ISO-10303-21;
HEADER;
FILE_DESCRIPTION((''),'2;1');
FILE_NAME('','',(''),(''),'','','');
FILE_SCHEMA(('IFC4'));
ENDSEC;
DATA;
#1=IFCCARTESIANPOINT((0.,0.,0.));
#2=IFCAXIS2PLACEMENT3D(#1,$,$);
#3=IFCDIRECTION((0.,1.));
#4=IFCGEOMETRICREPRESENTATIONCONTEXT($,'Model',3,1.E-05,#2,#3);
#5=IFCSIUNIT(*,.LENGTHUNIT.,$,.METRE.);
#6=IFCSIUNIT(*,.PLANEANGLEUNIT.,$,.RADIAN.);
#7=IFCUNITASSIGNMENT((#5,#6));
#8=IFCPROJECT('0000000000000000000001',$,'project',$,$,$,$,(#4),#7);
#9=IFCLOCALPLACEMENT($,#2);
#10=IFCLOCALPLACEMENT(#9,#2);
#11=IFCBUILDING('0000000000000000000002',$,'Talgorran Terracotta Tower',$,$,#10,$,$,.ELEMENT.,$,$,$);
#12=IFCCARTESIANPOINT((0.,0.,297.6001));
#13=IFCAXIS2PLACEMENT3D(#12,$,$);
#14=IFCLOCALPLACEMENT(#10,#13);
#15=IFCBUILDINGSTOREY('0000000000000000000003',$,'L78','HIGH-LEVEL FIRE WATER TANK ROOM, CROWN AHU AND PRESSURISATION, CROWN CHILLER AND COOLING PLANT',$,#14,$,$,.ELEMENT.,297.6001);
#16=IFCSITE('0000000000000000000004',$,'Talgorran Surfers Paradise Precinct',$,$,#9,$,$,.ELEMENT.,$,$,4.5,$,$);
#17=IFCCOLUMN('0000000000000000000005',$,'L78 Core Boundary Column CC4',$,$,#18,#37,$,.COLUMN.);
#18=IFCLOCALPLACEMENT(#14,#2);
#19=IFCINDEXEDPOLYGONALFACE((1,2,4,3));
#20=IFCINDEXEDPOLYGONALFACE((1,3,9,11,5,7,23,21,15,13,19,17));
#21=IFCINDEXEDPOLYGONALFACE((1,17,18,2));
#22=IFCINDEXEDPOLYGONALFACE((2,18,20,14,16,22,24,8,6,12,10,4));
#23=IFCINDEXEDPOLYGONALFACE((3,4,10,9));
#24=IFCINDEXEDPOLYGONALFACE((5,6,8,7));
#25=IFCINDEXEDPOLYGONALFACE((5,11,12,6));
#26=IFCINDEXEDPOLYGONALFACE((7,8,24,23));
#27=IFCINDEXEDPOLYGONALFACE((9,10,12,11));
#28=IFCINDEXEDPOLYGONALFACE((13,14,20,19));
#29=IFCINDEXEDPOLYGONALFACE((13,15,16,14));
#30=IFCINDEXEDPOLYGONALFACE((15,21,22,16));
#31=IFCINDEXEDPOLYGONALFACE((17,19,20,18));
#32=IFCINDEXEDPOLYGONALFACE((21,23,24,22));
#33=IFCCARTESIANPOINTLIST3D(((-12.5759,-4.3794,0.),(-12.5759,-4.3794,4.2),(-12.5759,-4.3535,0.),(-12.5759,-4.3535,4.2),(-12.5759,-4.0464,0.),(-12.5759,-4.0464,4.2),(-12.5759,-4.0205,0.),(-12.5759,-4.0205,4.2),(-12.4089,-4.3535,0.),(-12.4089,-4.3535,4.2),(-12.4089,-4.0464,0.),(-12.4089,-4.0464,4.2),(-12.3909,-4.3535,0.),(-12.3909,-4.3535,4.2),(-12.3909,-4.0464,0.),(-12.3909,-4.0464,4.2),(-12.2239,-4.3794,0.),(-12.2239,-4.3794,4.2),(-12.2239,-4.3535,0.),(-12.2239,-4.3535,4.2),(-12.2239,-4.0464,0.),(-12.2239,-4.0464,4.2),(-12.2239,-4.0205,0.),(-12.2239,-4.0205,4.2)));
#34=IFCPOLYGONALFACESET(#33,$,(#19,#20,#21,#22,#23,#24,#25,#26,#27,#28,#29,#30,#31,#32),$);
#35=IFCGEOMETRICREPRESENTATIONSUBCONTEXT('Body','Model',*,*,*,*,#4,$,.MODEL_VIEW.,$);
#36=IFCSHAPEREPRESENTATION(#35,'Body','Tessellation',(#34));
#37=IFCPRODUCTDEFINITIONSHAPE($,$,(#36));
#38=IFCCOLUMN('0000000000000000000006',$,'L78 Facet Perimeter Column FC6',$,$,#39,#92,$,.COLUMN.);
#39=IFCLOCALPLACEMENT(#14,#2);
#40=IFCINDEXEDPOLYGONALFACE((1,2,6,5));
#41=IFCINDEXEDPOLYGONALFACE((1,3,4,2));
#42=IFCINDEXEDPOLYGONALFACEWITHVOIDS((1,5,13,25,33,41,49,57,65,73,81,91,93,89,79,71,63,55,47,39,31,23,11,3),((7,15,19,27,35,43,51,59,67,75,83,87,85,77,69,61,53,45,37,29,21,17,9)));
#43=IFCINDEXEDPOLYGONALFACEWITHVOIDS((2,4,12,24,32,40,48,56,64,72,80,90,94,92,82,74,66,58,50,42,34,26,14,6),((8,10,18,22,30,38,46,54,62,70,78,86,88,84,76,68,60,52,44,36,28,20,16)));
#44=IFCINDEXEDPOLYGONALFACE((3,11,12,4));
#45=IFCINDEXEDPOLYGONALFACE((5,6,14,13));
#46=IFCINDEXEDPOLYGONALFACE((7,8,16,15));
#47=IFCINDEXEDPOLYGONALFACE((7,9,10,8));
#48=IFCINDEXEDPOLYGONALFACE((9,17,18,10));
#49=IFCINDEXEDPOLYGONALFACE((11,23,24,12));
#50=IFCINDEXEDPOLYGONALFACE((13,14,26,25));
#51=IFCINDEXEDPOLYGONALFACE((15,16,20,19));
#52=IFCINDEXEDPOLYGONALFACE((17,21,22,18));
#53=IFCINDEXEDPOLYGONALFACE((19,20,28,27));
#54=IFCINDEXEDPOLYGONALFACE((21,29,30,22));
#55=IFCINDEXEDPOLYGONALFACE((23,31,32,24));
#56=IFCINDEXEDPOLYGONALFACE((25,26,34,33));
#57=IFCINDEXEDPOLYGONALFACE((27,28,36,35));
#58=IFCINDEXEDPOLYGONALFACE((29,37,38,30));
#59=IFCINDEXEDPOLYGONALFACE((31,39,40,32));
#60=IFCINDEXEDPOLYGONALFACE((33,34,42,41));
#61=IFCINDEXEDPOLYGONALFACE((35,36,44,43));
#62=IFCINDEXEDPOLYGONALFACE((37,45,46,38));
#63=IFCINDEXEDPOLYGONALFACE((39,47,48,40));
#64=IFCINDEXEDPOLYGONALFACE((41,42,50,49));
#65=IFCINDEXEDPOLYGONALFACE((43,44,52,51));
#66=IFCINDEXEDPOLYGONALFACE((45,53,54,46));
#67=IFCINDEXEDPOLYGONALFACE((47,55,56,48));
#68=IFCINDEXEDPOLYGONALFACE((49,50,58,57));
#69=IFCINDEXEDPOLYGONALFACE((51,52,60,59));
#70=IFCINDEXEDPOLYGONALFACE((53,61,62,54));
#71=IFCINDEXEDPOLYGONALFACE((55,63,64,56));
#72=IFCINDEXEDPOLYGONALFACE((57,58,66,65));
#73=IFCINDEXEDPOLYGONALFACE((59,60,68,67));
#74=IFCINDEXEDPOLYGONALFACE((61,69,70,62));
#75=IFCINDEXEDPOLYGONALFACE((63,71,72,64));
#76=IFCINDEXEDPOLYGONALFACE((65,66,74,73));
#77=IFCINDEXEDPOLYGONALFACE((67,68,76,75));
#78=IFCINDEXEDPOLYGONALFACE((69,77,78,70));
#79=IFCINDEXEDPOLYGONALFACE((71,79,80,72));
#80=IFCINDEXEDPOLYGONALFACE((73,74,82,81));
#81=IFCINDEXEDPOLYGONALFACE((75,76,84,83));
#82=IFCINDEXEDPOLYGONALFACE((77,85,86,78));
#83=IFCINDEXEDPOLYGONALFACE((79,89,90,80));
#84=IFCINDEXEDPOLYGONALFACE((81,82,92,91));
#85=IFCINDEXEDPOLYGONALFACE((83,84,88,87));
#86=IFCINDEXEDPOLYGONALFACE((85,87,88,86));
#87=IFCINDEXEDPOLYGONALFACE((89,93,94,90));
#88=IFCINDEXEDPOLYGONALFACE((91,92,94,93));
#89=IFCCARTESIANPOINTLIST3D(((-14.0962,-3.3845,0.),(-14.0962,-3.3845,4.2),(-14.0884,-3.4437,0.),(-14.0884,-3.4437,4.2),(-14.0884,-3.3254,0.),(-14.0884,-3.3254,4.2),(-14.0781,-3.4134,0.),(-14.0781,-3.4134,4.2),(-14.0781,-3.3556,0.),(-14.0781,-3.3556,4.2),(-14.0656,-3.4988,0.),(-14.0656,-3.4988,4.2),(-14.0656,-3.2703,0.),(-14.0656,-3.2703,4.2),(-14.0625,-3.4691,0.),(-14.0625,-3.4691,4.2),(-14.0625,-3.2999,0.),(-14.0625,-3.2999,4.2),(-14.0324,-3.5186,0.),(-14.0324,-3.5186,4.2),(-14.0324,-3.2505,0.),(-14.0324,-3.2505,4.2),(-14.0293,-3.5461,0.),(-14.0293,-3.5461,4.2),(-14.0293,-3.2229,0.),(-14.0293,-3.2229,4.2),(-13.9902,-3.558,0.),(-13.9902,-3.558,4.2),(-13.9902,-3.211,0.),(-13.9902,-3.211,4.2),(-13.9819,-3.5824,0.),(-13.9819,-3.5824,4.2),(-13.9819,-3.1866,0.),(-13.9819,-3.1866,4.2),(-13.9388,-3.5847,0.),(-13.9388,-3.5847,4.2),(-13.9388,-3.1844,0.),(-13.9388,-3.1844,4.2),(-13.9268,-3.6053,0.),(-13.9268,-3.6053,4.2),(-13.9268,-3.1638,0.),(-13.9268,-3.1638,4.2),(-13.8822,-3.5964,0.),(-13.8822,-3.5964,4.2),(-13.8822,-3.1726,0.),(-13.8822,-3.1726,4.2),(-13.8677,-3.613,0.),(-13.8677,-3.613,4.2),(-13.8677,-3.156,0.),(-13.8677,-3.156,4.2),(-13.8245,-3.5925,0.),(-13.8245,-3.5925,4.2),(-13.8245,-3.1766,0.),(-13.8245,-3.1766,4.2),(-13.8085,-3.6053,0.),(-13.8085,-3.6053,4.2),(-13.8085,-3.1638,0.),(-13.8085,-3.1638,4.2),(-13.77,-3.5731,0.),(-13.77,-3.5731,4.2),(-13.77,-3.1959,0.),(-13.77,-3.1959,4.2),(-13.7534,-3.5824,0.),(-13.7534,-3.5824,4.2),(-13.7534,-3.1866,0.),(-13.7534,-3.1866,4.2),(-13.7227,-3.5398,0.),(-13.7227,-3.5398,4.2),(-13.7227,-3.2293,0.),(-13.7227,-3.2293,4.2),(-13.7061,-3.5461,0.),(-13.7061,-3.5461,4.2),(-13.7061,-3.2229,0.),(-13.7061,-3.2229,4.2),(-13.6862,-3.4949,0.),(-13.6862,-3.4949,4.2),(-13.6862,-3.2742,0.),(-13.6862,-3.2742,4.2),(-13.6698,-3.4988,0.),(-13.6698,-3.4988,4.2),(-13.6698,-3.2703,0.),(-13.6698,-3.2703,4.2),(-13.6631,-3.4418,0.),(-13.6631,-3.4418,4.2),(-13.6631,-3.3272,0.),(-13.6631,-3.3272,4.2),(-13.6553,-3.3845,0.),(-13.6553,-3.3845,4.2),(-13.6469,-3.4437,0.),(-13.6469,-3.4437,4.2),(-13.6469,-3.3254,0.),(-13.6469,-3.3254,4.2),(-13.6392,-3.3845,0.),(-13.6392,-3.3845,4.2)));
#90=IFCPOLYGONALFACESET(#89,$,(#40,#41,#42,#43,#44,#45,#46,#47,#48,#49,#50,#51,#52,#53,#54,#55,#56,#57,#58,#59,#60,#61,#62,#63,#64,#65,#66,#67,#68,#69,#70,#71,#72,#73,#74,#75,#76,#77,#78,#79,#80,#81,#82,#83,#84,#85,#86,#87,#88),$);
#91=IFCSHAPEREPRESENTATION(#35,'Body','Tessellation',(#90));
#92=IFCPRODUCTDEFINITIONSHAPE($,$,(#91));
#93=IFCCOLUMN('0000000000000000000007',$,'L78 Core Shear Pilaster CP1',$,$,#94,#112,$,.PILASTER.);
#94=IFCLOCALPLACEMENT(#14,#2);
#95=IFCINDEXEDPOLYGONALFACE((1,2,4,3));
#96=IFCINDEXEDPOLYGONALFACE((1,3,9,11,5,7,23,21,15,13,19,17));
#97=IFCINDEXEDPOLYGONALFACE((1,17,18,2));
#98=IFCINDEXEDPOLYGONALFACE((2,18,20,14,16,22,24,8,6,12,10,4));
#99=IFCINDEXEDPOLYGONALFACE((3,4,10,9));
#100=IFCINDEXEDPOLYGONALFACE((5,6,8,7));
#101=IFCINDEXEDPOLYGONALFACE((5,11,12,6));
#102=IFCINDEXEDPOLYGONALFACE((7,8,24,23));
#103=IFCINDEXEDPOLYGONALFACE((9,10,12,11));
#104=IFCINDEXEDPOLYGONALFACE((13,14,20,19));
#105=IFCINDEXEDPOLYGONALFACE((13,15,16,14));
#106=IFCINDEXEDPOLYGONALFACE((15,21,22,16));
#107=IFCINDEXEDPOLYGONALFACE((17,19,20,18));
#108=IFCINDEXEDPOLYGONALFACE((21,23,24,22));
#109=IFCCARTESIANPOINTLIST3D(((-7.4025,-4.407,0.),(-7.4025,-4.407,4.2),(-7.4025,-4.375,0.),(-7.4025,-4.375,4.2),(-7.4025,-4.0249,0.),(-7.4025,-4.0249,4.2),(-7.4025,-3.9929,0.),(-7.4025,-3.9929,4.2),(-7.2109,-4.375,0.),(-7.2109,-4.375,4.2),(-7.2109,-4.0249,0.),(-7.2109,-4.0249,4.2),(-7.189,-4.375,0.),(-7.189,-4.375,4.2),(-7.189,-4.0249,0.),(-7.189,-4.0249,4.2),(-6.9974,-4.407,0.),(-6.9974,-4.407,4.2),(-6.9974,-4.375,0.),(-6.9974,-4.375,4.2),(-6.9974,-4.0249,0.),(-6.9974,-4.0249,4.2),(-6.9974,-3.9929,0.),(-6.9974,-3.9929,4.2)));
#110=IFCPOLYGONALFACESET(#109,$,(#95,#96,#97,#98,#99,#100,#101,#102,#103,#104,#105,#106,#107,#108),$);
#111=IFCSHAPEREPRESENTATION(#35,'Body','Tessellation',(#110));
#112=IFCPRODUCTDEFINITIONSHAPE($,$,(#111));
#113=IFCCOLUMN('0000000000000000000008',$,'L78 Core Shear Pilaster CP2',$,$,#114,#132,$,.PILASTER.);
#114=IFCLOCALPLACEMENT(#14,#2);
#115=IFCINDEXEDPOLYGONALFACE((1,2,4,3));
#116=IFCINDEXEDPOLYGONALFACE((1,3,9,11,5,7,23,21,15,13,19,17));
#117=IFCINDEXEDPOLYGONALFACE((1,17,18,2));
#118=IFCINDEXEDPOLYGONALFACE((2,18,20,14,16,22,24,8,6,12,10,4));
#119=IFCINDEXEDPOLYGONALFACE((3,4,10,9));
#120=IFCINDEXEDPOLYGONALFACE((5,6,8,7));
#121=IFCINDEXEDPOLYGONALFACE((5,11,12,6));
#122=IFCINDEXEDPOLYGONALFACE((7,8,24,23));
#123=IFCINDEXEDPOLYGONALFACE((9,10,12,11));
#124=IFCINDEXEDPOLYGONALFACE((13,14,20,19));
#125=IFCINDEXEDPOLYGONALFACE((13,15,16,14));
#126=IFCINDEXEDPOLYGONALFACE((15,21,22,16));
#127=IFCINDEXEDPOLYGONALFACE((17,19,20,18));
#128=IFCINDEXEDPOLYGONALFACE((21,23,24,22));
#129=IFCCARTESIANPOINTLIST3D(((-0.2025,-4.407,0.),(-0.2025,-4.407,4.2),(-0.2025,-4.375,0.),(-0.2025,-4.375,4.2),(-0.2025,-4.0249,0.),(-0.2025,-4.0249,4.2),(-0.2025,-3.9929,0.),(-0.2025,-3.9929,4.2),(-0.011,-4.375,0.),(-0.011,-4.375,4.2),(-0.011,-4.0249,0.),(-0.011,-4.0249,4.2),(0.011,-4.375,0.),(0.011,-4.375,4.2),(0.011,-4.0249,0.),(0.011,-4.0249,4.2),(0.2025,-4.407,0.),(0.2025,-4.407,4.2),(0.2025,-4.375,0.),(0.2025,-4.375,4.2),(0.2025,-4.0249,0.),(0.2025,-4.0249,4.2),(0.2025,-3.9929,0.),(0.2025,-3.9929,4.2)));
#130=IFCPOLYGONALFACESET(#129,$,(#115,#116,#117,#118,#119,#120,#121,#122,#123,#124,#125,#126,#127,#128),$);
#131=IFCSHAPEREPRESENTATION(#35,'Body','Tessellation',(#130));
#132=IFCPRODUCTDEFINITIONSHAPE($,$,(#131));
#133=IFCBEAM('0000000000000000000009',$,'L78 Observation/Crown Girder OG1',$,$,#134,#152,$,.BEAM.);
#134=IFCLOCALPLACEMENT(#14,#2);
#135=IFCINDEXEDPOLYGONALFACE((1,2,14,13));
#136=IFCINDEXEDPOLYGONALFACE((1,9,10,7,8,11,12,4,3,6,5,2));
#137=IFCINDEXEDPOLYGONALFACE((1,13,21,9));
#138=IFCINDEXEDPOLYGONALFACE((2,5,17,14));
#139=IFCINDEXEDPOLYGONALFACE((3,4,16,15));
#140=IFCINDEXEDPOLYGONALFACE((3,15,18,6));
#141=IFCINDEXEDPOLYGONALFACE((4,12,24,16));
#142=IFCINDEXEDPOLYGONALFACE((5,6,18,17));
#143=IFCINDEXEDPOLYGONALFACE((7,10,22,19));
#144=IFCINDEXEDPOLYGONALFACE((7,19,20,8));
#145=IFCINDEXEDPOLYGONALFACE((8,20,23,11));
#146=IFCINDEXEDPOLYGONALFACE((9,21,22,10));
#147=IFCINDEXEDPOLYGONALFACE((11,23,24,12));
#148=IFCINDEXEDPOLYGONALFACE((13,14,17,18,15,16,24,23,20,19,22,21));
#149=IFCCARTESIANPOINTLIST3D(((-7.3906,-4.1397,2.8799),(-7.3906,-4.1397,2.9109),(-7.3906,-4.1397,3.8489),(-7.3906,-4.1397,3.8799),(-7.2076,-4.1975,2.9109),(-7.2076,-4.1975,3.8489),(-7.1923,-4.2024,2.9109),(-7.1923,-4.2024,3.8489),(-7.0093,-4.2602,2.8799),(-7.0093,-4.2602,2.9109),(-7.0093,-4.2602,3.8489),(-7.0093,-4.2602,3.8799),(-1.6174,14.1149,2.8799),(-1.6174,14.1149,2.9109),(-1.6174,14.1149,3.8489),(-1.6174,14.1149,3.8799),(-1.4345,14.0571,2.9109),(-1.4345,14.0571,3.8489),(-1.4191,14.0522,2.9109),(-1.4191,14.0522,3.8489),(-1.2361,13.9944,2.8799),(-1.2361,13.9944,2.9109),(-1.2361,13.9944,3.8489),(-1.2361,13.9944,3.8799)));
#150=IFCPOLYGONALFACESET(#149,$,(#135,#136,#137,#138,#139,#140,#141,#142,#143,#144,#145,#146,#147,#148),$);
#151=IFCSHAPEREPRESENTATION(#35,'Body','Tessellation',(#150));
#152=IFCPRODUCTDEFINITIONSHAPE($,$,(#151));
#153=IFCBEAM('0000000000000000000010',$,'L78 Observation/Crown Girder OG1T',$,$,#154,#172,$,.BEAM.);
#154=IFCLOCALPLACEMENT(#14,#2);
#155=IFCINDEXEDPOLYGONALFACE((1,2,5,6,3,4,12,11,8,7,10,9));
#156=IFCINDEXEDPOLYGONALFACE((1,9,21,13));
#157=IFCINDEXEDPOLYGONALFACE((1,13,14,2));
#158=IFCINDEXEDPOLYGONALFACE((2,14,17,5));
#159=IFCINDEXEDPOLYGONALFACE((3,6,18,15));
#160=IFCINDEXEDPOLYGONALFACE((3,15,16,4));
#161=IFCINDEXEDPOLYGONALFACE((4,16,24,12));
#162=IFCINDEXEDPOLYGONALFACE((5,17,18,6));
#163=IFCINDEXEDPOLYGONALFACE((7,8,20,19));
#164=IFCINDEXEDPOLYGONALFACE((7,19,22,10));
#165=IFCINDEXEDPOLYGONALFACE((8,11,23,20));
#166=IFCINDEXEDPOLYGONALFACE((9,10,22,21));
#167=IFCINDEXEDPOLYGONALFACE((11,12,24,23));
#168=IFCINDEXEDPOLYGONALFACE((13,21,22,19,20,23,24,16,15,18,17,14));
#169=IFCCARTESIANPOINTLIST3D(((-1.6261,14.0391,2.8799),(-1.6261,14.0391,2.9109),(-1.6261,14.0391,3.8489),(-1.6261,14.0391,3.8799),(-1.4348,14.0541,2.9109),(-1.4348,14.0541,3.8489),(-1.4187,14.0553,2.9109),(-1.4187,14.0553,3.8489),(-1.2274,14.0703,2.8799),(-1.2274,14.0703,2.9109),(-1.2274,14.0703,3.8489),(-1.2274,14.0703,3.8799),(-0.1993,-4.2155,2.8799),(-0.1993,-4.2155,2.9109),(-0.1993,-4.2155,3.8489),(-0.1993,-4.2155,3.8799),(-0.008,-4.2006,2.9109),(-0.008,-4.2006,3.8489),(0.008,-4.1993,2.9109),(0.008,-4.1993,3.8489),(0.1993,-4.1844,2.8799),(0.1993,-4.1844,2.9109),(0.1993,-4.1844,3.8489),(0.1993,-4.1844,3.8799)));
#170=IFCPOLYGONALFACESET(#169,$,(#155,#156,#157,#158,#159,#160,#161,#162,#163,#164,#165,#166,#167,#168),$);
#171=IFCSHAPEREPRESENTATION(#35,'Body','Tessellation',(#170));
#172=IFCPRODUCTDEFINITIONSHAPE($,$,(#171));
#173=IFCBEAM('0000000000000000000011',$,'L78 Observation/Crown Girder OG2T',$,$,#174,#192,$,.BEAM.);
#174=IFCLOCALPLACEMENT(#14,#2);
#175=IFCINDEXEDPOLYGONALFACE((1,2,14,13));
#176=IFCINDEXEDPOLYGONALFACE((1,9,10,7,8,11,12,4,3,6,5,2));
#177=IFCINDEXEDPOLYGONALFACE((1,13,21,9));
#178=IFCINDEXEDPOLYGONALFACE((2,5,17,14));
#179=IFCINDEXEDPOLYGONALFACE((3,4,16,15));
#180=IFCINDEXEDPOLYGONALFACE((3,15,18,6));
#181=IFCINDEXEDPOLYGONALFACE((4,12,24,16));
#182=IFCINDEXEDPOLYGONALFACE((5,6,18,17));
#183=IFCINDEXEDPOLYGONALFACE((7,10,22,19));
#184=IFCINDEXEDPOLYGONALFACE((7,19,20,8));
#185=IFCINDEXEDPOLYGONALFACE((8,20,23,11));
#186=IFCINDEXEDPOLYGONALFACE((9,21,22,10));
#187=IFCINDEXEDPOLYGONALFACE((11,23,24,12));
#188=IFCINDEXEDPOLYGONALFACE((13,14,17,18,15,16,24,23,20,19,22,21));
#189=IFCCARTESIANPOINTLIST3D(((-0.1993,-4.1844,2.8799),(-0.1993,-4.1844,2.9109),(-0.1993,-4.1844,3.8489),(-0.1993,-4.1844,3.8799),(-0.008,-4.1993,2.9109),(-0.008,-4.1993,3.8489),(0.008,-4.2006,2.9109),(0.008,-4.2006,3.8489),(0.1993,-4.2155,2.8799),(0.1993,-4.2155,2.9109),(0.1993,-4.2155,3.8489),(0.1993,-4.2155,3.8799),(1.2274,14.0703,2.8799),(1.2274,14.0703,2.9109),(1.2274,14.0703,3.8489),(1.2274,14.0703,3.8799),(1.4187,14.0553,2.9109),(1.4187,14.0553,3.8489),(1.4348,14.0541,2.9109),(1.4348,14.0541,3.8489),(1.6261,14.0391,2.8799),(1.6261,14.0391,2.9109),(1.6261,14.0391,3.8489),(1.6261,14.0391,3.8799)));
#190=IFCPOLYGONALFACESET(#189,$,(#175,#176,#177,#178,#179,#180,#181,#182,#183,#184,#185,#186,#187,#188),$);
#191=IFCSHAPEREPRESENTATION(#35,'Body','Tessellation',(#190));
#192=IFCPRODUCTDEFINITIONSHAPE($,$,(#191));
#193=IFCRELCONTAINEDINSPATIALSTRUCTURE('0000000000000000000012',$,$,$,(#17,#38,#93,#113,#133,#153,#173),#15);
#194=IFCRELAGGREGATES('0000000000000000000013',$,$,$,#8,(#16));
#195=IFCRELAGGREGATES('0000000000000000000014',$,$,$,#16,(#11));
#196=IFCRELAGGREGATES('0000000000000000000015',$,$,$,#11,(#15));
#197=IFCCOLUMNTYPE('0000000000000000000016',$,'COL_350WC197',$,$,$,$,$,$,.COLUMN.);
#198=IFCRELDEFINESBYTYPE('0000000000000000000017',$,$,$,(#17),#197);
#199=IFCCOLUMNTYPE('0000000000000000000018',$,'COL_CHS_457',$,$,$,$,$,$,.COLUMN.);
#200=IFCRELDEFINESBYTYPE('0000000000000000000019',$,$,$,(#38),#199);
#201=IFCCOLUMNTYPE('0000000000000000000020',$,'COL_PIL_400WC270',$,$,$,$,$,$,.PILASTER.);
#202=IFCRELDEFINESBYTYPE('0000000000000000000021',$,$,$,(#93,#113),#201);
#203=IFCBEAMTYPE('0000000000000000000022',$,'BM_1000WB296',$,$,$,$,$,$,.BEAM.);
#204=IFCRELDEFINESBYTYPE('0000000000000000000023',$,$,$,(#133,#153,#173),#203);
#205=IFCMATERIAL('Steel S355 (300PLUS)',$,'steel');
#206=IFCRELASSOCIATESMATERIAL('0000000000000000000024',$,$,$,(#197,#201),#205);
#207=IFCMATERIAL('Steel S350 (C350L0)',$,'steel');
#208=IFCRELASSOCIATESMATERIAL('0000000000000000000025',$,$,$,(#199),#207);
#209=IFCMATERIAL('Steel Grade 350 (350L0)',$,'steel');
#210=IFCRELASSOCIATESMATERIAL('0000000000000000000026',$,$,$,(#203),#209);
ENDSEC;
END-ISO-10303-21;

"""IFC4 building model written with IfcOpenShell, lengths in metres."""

from ifc_helpers import new_model, si_unit, direction, frame, origin, origin_2d, place, context, subcontext, project, spatial, hollow_circle, i_section, extrude, material, material_profile, profile_set, type_object, element, save


model = new_model("IFC4")

# Units and contexts
model_context = context("Model", 3, precision=1e-05, world=origin(), true_north=direction((0.0, 1.0)))
body_context = subcontext(model_context, "Body", "Model", "MODEL_VIEW")
ifc_project = project(units=[si_unit("LENGTHUNIT", "METRE"), si_unit("PLANEANGLEUNIT", "RADIAN")], contexts=[model_context])

# Site, building, storey
site_placement = place(None, origin())
site = spatial("IfcSite", under=ifc_project, at=site_placement, Name="Talgorran Surfers Paradise Precinct", CompositionType="ELEMENT", RefElevation=4.5)
building_placement = place(site_placement, origin())
building = spatial("IfcBuilding", under=site, at=building_placement, Name="Talgorran Terracotta Tower", CompositionType="ELEMENT")
storey_placement = place(building_placement, frame((0.0, 0.0, 297.6001)))
storey = spatial("IfcBuildingStorey", under=building, at=storey_placement, Name="L78", Description="HIGH-LEVEL FIRE WATER TANK ROOM, CROWN AHU AND PRESSURISATION, CROWN CHILLER AND COOLING PLANT", CompositionType="ELEMENT", Elevation=297.6001)

# Columns
ifc_material_1 = material(Name="Steel S355 (300PLUS)", Category="steel")
ifc_material_profile_1 = material_profile(ifc_material_1, i_section(OverallWidth=0.3521, OverallDepth=0.3589, WebThickness=0.0181, FlangeThickness=0.0259, at=origin_2d()), Name="350WC197")
ifc_profile_set_1 = profile_set([ifc_material_profile_1], Name="Steel S355 (300PLUS)")
column_type_1 = type_object("IfcColumnType", Name="COL_350WC197", PredefinedType="COLUMN", material=ifc_profile_set_1)
column_1_placement = place(storey_placement, frame((-12.3999, -4.2, 0.0), z_axis=(0.0, 0.0, 1.0), x_axis=(1.0, 0.0, 0.0)))
element("IfcColumn", 1, at=column_1_placement, inside=storey, type_object=column_type_1, Name="L78 Core Boundary Column CC4", PredefinedType="COLUMN", context=body_context, shape_type="SweptSolid", body=[
    extrude(i_section(OverallWidth=0.3521, OverallDepth=0.3589, WebThickness=0.0181, FlangeThickness=0.0259, at=origin_2d()), origin(), (0.0, 0.0, 1.0), 4.2),
])
ifc_material_2 = material(Name="Steel S350 (C350L0)", Category="steel")
ifc_material_profile_2 = material_profile(ifc_material_2, hollow_circle(Radius=0.2285, WallThickness=0.0161, at=origin_2d()), Name="CHS457X16")
ifc_profile_set_2 = profile_set([ifc_material_profile_2], Name="Steel S350 (C350L0)")
column_type_2 = type_object("IfcColumnType", Name="COL_CHS_457", PredefinedType="COLUMN", material=ifc_profile_set_2)
column_2_placement = place(storey_placement, frame((-13.8677, -3.3845, 0.0), z_axis=(0.0, 0.0, 1.0), x_axis=(1.0, 0.0, 0.0)))
element("IfcColumn", 2, at=column_2_placement, inside=storey, type_object=column_type_2, Name="L78 Facet Perimeter Column FC6", PredefinedType="COLUMN", context=body_context, shape_type="SweptSolid", body=[
    extrude(hollow_circle(Radius=0.2285, WallThickness=0.0161, at=origin_2d()), origin(), (0.0, 0.0, 1.0), 4.2),
])
ifc_material_profile_3 = material_profile(ifc_material_1, i_section(OverallWidth=0.405, OverallDepth=0.4141, WebThickness=0.022, FlangeThickness=0.032, at=origin_2d()), Name="400WC270")
ifc_profile_set_3 = profile_set([ifc_material_profile_3], Name="Steel S355 (300PLUS)")
column_type_3 = type_object("IfcColumnType", Name="COL_PIL_400WC270", PredefinedType="PILASTER", material=ifc_profile_set_3)
for number, where, z_axis, x_axis, name in (
    (3, (-7.2, -4.2, 0.0), (0.0, 0.0, 1.0), (1.0, 0.0, 0.0), "L78 Core Shear Pilaster CP1"),
    (4, (0.0, -4.2, 0.0), (0.0, 0.0, 1.0), (1.0, 0.0, 0.0), "L78 Core Shear Pilaster CP2"),
):
    element("IfcColumn", number, at=place(storey_placement, frame(where, z_axis=z_axis, x_axis=x_axis)), inside=storey, type_object=column_type_3, Name=name, PredefinedType="PILASTER", context=body_context, shape_type="SweptSolid", body=[
        extrude(i_section(OverallWidth=0.405, OverallDepth=0.4141, WebThickness=0.022, FlangeThickness=0.032, at=origin_2d()), origin(), (0.0, 0.0, 1.0), 4.2),
    ])

# Beams
ifc_material_3 = material(Name="Steel Grade 350 (350L0)", Category="steel")
ifc_material_profile_4 = material_profile(ifc_material_3, i_section(OverallWidth=0.3999, OverallDepth=1.0, WebThickness=0.0161, FlangeThickness=0.031, at=origin_2d()), Name="1000WB296")
ifc_profile_set_4 = profile_set([ifc_material_profile_4], Name="Steel Grade 350 (350L0)")
beam_type_1 = type_object("IfcBeamType", Name="BM_1000WB296", PredefinedType="BEAM", material=ifc_profile_set_4)
beam_1_placement = place(storey_placement, frame((-7.2, -4.2, 3.3799), z_axis=(0.301538, 0.953454, 0.0), x_axis=(-0.953454, 0.301538, 0.0)))
element("IfcBeam", 5, at=beam_1_placement, inside=storey, type_object=beam_type_1, Name="L78 Observation/Crown Girder OG1", PredefinedType="BEAM", context=body_context, shape_type="SweptSolid", body=[
    extrude(i_section(OverallWidth=0.3999, OverallDepth=1.0, WebThickness=0.0161, FlangeThickness=0.031, at=origin_2d()), origin(), (0.0, 0.0, 1.0), 19.1458),
])
for number, where, z_axis, x_axis, name in (
    (6, (0.0, -4.2, 3.3799), (-0.077921, 0.99696, 0.0), (-0.99696, -0.077921, 0.0), "L78 Observation/Crown Girder OG1T"),
    (7, (0.0, -4.2, 3.3799), (0.077921, 0.99696, 0.0), (-0.99696, 0.077921, 0.0), "L78 Observation/Crown Girder OG2T"),
):
    element("IfcBeam", number, at=place(storey_placement, frame(where, z_axis=z_axis, x_axis=x_axis)), inside=storey, type_object=beam_type_1, Name=name, PredefinedType="BEAM", context=body_context, shape_type="SweptSolid", body=[
        extrude(i_section(OverallWidth=0.3999, OverallDepth=1.0, WebThickness=0.0161, FlangeThickness=0.031, at=origin_2d()), origin(), (0.0, 0.0, 1.0), 18.3103),
    ])

save(model, "model.ifc")
